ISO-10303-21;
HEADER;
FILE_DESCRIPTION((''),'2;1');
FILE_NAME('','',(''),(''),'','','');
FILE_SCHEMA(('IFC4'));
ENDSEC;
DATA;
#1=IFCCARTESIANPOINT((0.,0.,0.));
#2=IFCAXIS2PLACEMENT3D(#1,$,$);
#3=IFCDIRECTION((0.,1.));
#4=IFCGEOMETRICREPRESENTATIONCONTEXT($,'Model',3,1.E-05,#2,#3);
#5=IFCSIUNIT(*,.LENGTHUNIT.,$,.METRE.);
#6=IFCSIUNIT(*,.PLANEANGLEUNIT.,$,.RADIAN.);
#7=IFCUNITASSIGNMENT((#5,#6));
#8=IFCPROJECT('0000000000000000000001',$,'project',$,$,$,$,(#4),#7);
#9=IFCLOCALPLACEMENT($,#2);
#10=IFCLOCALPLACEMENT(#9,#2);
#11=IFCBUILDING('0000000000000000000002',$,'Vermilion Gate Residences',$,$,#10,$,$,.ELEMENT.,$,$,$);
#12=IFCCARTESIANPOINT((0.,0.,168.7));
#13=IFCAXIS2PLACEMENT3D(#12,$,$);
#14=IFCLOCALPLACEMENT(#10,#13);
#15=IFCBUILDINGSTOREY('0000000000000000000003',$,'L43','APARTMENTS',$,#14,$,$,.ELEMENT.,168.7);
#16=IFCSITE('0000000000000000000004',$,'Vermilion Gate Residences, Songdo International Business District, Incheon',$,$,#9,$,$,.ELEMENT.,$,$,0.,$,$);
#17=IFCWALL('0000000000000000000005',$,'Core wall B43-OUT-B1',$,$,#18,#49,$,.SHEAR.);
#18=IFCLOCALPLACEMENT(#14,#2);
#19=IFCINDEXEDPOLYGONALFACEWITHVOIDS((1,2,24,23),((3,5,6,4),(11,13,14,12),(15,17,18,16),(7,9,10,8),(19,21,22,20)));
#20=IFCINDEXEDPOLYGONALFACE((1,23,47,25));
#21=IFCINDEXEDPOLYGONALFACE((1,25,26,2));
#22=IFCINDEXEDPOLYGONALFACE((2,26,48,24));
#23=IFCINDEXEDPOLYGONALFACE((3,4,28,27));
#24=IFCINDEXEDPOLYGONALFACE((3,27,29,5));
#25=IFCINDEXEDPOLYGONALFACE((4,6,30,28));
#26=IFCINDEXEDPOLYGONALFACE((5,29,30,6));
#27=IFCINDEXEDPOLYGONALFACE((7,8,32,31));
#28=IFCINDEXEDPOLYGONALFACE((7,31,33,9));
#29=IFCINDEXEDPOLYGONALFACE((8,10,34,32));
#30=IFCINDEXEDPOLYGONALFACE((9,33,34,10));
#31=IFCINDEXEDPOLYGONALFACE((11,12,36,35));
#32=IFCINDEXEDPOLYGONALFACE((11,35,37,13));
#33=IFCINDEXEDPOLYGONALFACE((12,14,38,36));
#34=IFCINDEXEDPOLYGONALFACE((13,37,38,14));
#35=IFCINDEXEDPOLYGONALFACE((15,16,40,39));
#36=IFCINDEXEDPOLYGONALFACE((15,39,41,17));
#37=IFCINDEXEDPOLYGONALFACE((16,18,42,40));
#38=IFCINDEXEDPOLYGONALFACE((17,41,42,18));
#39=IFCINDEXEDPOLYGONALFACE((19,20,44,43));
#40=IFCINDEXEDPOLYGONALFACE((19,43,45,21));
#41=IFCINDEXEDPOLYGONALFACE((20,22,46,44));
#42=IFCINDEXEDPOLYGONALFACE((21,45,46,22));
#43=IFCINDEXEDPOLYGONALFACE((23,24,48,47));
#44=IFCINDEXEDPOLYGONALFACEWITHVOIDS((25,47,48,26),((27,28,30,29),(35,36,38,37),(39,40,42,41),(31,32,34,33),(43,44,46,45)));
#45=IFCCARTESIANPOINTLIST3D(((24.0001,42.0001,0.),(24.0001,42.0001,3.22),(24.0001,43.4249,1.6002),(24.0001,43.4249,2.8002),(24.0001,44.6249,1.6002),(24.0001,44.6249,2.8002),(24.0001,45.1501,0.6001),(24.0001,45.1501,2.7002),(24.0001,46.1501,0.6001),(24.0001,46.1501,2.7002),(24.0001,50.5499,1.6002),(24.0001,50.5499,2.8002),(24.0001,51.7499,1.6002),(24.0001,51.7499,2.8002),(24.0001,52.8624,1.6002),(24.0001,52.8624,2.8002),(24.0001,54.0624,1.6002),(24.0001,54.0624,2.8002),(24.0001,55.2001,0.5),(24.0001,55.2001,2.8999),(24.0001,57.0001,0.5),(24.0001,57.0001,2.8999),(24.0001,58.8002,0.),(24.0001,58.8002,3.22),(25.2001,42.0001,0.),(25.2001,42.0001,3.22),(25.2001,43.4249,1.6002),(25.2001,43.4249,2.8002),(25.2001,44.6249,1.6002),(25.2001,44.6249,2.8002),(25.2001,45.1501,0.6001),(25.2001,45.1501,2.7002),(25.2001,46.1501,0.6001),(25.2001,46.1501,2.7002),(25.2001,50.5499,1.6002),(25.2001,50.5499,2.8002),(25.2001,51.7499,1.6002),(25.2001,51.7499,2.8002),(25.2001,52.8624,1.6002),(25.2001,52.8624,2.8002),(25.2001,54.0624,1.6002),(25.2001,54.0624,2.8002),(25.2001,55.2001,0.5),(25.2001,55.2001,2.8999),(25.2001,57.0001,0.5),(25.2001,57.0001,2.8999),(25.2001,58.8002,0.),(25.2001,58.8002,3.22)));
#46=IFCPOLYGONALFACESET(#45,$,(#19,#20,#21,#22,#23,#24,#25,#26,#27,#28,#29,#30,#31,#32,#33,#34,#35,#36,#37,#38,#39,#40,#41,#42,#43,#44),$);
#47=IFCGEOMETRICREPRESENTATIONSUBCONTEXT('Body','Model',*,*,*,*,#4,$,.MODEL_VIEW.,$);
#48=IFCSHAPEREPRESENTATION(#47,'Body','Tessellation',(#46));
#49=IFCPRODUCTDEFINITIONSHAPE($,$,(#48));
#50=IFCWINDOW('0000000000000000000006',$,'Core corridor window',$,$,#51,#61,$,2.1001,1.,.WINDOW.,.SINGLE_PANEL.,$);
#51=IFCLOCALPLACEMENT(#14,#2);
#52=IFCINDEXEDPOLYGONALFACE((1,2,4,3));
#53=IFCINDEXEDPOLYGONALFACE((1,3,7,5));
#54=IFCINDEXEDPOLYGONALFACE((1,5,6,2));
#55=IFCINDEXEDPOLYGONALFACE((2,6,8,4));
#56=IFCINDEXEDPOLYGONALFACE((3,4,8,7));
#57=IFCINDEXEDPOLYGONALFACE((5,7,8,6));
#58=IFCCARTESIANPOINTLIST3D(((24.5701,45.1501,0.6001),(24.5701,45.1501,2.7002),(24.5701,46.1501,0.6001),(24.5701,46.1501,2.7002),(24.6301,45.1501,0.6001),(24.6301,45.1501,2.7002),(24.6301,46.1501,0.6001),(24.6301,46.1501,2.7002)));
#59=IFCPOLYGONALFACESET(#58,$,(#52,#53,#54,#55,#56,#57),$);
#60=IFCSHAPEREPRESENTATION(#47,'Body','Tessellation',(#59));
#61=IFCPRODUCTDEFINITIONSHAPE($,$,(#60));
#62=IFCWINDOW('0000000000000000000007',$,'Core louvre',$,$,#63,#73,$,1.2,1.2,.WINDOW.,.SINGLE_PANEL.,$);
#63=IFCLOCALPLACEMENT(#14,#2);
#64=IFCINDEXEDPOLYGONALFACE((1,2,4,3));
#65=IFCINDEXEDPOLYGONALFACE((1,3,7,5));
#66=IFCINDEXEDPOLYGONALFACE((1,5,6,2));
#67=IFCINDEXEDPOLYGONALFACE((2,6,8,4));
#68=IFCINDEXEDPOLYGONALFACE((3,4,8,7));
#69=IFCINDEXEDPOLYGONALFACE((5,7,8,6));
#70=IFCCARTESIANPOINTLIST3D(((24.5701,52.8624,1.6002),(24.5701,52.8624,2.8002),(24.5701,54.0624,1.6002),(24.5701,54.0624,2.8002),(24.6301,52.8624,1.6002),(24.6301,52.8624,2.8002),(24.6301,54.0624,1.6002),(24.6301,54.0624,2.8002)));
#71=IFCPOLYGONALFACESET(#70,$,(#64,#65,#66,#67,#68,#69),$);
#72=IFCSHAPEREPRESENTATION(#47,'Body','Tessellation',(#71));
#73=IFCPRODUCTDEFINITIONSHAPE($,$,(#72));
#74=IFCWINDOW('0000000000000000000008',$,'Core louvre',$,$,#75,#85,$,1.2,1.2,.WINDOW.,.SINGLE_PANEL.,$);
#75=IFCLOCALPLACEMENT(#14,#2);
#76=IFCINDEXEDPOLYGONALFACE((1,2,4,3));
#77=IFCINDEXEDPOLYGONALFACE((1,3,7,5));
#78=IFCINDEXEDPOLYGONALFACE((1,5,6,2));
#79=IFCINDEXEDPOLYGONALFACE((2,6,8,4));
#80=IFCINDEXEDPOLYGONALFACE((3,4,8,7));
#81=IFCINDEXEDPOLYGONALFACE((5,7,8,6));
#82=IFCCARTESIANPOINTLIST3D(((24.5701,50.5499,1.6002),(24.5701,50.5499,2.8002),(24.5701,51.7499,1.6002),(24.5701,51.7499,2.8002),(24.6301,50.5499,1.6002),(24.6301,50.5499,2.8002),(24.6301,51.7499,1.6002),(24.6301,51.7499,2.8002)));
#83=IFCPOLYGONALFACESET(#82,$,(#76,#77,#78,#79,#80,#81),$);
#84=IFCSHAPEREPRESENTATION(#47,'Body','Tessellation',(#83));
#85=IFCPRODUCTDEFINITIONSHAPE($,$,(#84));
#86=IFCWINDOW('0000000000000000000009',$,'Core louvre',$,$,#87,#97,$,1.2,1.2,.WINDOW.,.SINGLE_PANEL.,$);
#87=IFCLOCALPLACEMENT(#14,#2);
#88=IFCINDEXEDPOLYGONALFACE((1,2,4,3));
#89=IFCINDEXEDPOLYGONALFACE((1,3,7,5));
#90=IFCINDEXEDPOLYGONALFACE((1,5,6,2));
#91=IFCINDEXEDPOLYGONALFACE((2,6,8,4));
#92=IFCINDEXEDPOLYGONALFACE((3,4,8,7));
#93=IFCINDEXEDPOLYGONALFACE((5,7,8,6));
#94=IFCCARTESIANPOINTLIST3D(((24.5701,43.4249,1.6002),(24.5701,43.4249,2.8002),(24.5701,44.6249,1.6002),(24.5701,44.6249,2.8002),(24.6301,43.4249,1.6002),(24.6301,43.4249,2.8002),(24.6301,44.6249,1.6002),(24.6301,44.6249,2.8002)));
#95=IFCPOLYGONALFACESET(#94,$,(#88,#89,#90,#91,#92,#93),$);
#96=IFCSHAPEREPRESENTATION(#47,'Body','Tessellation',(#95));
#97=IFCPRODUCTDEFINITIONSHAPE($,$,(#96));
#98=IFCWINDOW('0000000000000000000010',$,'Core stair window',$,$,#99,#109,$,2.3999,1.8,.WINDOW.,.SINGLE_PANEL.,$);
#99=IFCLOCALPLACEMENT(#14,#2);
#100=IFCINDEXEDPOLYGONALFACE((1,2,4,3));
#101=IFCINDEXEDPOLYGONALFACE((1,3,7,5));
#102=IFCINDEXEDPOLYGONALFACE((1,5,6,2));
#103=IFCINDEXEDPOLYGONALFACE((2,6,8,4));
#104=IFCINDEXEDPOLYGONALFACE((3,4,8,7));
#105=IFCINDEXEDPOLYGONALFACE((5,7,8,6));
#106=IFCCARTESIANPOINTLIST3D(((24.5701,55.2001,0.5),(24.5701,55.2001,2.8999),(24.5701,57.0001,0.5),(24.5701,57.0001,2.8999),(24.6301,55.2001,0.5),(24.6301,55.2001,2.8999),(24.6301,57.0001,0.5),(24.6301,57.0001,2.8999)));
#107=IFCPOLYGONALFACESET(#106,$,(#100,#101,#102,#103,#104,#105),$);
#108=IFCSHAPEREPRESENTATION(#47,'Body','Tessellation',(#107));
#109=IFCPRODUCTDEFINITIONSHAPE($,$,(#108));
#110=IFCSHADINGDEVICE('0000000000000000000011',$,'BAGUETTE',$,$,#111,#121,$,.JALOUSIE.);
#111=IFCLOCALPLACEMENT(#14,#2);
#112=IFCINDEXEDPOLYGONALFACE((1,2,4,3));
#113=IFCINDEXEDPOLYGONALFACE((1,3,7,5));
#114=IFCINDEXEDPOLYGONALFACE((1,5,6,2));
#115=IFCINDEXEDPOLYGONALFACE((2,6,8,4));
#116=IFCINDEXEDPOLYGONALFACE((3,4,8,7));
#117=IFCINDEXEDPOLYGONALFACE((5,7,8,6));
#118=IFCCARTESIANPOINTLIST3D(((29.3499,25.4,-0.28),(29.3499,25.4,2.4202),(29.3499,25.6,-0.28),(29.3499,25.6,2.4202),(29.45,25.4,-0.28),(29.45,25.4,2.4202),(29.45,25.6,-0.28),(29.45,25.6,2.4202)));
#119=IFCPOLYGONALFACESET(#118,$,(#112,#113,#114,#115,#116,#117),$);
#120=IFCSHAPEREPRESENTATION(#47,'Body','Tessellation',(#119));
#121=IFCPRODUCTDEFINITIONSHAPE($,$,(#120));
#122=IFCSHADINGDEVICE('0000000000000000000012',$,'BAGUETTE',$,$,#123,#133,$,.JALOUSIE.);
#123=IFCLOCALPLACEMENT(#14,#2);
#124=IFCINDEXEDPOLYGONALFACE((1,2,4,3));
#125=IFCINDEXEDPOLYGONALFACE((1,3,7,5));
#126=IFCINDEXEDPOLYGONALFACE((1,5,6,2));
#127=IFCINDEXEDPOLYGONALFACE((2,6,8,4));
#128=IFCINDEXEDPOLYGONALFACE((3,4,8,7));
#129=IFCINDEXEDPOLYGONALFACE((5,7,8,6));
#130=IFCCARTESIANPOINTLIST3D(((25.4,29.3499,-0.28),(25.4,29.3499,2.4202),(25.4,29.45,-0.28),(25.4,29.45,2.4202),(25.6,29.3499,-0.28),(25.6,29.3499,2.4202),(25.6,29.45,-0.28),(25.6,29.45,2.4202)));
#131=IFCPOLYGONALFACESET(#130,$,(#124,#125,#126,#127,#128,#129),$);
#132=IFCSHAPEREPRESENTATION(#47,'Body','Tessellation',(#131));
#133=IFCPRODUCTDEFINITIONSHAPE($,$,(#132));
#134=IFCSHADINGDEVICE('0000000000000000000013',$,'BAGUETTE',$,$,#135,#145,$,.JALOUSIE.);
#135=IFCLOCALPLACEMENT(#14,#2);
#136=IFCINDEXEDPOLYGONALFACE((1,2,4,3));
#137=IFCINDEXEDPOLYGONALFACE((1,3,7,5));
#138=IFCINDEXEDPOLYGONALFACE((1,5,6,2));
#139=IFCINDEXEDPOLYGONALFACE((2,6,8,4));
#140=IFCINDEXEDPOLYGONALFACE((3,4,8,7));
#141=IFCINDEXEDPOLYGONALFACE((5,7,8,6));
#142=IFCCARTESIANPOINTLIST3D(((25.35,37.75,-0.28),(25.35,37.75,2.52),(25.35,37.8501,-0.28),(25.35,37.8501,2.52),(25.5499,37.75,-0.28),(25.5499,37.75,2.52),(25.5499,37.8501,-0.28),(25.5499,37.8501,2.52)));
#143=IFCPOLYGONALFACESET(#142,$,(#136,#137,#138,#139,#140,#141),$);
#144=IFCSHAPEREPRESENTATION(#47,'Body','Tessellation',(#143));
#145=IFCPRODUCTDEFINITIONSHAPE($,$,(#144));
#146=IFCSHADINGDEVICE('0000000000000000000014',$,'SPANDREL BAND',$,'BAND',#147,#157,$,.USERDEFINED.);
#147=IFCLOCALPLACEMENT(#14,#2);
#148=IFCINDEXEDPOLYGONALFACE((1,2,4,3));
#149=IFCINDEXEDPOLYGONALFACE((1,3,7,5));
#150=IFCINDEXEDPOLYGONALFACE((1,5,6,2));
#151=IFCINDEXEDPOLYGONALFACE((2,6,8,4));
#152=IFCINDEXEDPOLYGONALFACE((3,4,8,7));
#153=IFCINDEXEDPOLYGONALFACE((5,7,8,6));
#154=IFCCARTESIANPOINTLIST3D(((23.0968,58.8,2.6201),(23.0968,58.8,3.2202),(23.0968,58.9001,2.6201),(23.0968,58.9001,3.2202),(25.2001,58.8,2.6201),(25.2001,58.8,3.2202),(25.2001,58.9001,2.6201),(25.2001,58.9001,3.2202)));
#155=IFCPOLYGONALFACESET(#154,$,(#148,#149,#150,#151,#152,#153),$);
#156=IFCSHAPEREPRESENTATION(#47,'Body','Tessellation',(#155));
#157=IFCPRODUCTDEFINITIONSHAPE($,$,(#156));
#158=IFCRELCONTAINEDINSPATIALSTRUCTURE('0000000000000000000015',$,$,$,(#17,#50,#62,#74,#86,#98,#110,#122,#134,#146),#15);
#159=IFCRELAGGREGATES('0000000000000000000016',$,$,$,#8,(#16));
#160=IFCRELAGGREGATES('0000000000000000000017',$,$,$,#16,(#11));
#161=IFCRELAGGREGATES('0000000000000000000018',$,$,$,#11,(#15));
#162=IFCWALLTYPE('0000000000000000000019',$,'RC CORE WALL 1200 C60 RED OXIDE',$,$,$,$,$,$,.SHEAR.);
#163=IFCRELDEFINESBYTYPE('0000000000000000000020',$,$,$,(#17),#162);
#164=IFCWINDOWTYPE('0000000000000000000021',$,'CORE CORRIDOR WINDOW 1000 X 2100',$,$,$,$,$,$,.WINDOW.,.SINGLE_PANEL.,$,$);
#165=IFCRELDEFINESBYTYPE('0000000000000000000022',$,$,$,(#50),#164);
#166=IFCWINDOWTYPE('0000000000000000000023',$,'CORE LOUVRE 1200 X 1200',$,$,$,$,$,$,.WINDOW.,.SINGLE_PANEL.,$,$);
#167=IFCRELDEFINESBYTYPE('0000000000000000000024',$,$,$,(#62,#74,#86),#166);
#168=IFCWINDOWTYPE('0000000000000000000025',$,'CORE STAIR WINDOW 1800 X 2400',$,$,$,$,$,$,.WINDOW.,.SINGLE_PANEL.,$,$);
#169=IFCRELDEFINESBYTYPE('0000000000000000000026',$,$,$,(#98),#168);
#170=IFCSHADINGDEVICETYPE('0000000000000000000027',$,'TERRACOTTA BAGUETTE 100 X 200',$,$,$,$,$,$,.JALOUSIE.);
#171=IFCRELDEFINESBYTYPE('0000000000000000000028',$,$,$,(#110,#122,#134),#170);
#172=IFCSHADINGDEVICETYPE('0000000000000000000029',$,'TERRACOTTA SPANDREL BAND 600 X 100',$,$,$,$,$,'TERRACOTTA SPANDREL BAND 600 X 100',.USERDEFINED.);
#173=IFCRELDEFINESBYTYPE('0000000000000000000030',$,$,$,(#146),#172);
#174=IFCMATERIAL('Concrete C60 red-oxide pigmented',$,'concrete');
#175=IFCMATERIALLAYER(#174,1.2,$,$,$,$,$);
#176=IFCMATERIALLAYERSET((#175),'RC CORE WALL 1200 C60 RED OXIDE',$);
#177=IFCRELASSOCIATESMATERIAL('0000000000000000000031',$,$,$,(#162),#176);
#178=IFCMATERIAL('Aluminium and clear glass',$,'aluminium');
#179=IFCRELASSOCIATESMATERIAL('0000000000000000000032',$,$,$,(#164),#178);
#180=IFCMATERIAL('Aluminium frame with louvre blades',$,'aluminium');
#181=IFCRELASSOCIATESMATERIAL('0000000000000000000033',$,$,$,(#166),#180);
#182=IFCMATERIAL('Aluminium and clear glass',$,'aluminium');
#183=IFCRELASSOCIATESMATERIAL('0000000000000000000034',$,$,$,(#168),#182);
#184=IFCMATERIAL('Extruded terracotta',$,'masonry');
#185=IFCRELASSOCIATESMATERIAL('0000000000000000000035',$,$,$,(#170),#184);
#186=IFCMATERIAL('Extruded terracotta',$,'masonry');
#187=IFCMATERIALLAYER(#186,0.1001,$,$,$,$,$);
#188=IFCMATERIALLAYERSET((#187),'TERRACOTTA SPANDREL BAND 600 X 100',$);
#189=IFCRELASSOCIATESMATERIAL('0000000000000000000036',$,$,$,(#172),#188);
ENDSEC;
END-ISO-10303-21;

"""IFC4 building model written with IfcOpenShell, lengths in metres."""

from ifc_helpers import new_model, si_unit, direction, frame, frame_2d, origin, origin_2d, place, context, subcontext, project, spatial, rectangle, extrude, material, layer, layer_set, material_profile, profile_set, type_object, element, fill, save


model = new_model("IFC4")

# Units and contexts
model_context = context("Model", 3, precision=1e-05, world=origin(), true_north=direction((0.0, 1.0)))
body_context = subcontext(model_context, "Body", "Model", "MODEL_VIEW")
ifc_project = project(units=[si_unit("LENGTHUNIT", "METRE"), si_unit("PLANEANGLEUNIT", "RADIAN")], contexts=[model_context])

# Site, building, storey
site_placement = place(None, origin())
site = spatial("IfcSite", under=ifc_project, at=site_placement, Name="Vermilion Gate Residences, Songdo International Business District, Incheon", CompositionType="ELEMENT", RefElevation=0.0)
building_placement = place(site_placement, origin())
building = spatial("IfcBuilding", under=site, at=building_placement, Name="Vermilion Gate Residences", CompositionType="ELEMENT")
storey_placement = place(building_placement, frame((0.0, 0.0, 168.7)))
storey = spatial("IfcBuildingStorey", under=building, at=storey_placement, Name="L43", Description="APARTMENTS", CompositionType="ELEMENT", Elevation=168.7)

# Wall, openings, windows
ifc_material_1 = material(Name="Concrete C60 red-oxide pigmented", Category="concrete")
ifc_layer_1 = layer(ifc_material_1, 1.2)
ifc_layer_set_1 = layer_set([ifc_layer_1], Name="RC CORE WALL 1200 C60 RED OXIDE")
wall_type_1 = type_object("IfcWallType", Name="RC CORE WALL 1200 C60 RED OXIDE", PredefinedType="SHEAR", material=ifc_layer_set_1)
wall_1_placement = place(storey_placement, frame((24.6001, 58.8, 0.0), z_axis=(0.0, 0.0, 1.0), x_axis=(0.0, -1.0, 0.0)))
wall_1 = element("IfcWall", 1, at=wall_1_placement, inside=storey, type_object=wall_type_1, Name="Core wall B43-OUT-B1", PredefinedType="SHEAR", context=body_context, shape_type="SweptSolid", body=[
    extrude(rectangle(XDim=16.8, YDim=1.2, at=frame_2d((8.3999, 0.0))), origin(), (0.0, 0.0, 1.0), 3.22),
])
opening_1_placement = place(wall_1_placement, frame((1.8, 0.0, 0.5)))
opening_1 = element("IfcOpeningElement", 2, at=opening_1_placement, cuts=wall_1, PredefinedType="OPENING", context=body_context, shape_type="SweptSolid", body=[
    extrude(rectangle(XDim=1.8, YDim=2.3999, at=frame_2d((0.8999, 1.2))), frame((0.0, 0.6099, 0.0), z_axis=(0.0, -1.0, 0.0), x_axis=(1.0, 0.0, 0.0)), (0.0, 0.0, 1.0), 1.22),
])
opening_2_placement = place(wall_1_placement, frame((4.7375, 0.0, 1.6001)))
opening_2 = element("IfcOpeningElement", 3, at=opening_2_placement, cuts=wall_1, PredefinedType="OPENING", context=body_context, shape_type="SweptSolid", body=[
    extrude(rectangle(XDim=1.2, YDim=1.2, at=frame_2d((0.6001, 0.6001))), frame((0.0, 0.6099, 0.0), z_axis=(0.0, -1.0, 0.0), x_axis=(1.0, 0.0, 0.0)), (0.0, 0.0, 1.0), 1.22),
])
opening_3_placement = place(wall_1_placement, frame((7.05, 0.0, 1.6001)))
opening_3 = element("IfcOpeningElement", 4, at=opening_3_placement, cuts=wall_1, PredefinedType="OPENING", context=body_context, shape_type="SweptSolid", body=[
    extrude(rectangle(XDim=1.2, YDim=1.2, at=frame_2d((0.6001, 0.6001))), frame((0.0, 0.6099, 0.0), z_axis=(0.0, -1.0, 0.0), x_axis=(1.0, 0.0, 0.0)), (0.0, 0.0, 1.0), 1.22),
])
opening_4_placement = place(wall_1_placement, frame((12.6499, 0.0, 0.6001)))
opening_4 = element("IfcOpeningElement", 5, at=opening_4_placement, cuts=wall_1, PredefinedType="OPENING", context=body_context, shape_type="SweptSolid", body=[
    extrude(rectangle(XDim=1.0, YDim=2.1001, at=frame_2d((0.5, 1.05))), frame((0.0, 0.6099, 0.0), z_axis=(0.0, -1.0, 0.0), x_axis=(1.0, 0.0, 0.0)), (0.0, 0.0, 1.0), 1.22),
])
opening_5_placement = place(wall_1_placement, frame((14.175, 0.0, 1.6001)))
opening_5 = element("IfcOpeningElement", 6, at=opening_5_placement, cuts=wall_1, PredefinedType="OPENING", context=body_context, shape_type="SweptSolid", body=[
    extrude(rectangle(XDim=1.2, YDim=1.2, at=frame_2d((0.6001, 0.6001))), frame((0.0, 0.6099, 0.0), z_axis=(0.0, -1.0, 0.0), x_axis=(1.0, 0.0, 0.0)), (0.0, 0.0, 1.0), 1.22),
])
ifc_material_2 = material(Name="Aluminium and clear glass", Category="aluminium")
window_type_1 = type_object("IfcWindowType", Name="CORE CORRIDOR WINDOW 1000 X 2100", PartitioningType="SINGLE_PANEL", PredefinedType="WINDOW", material=ifc_material_2)
window_1_placement = place(opening_4_placement, origin())
window_1 = element("IfcWindow", 7, at=window_1_placement, inside=storey, type_object=window_type_1, Name="Core corridor window", OverallHeight=2.1001, OverallWidth=1.0, PartitioningType="SINGLE_PANEL", PredefinedType="WINDOW", context=body_context, shape_type="SweptSolid", body=[
    extrude(rectangle(XDim=1.0, YDim=2.1001, at=frame_2d((0.5, 1.05))), frame((0.0, 0.03, 0.0), z_axis=(0.0, -1.0, 0.0), x_axis=(1.0, 0.0, 0.0)), (0.0, 0.0, 1.0), 0.0601),
])
fill(opening_4, window_1)
ifc_material_3 = material(Name="Aluminium frame with louvre blades", Category="aluminium")
window_type_2 = type_object("IfcWindowType", Name="CORE LOUVRE 1200 X 1200", PartitioningType="SINGLE_PANEL", PredefinedType="WINDOW", material=ifc_material_3)
window_2_placement = place(opening_2_placement, origin())
window_2 = element("IfcWindow", 8, at=window_2_placement, inside=storey, type_object=window_type_2, Name="Core louvre", OverallHeight=1.2, OverallWidth=1.2, PartitioningType="SINGLE_PANEL", PredefinedType="WINDOW", context=body_context, shape_type="SweptSolid", body=[
    extrude(rectangle(XDim=1.2, YDim=1.2, at=frame_2d((0.6001, 0.6001))), frame((0.0, 0.03, 0.0), z_axis=(0.0, -1.0, 0.0), x_axis=(1.0, 0.0, 0.0)), (0.0, 0.0, 1.0), 0.0601),
])
fill(opening_2, window_2)
window_3_placement = place(opening_3_placement, origin())
window_3 = element("IfcWindow", 9, at=window_3_placement, inside=storey, type_object=window_type_2, Name="Core louvre", OverallHeight=1.2, OverallWidth=1.2, PartitioningType="SINGLE_PANEL", PredefinedType="WINDOW", context=body_context, shape_type="SweptSolid", body=[
    extrude(rectangle(XDim=1.2, YDim=1.2, at=frame_2d((0.6001, 0.6001))), frame((0.0, 0.03, 0.0), z_axis=(0.0, -1.0, 0.0), x_axis=(1.0, 0.0, 0.0)), (0.0, 0.0, 1.0), 0.0601),
])
fill(opening_3, window_3)
window_4_placement = place(opening_5_placement, origin())
window_4 = element("IfcWindow", 10, at=window_4_placement, inside=storey, type_object=window_type_2, Name="Core louvre", OverallHeight=1.2, OverallWidth=1.2, PartitioningType="SINGLE_PANEL", PredefinedType="WINDOW", context=body_context, shape_type="SweptSolid", body=[
    extrude(rectangle(XDim=1.2, YDim=1.2, at=frame_2d((0.6001, 0.6001))), frame((0.0, 0.03, 0.0), z_axis=(0.0, -1.0, 0.0), x_axis=(1.0, 0.0, 0.0)), (0.0, 0.0, 1.0), 0.0601),
])
fill(opening_5, window_4)
ifc_material_4 = material(Name="Aluminium and clear glass", Category="aluminium")
window_type_3 = type_object("IfcWindowType", Name="CORE STAIR WINDOW 1800 X 2400", PartitioningType="SINGLE_PANEL", PredefinedType="WINDOW", material=ifc_material_4)
window_5_placement = place(opening_1_placement, origin())
window_5 = element("IfcWindow", 11, at=window_5_placement, inside=storey, type_object=window_type_3, Name="Core stair window", OverallHeight=2.3999, OverallWidth=1.8, PartitioningType="SINGLE_PANEL", PredefinedType="WINDOW", context=body_context, shape_type="SweptSolid", body=[
    extrude(rectangle(XDim=1.8, YDim=2.3999, at=frame_2d((0.8999, 1.2))), frame((0.0, 0.03, 0.0), z_axis=(0.0, -1.0, 0.0), x_axis=(1.0, 0.0, 0.0)), (0.0, 0.0, 1.0), 0.0601),
])
fill(opening_1, window_5)

# Shading devices
ifc_material_5 = material(Name="Extruded terracotta", Category="masonry")
ifc_material_profile_1 = material_profile(ifc_material_5, rectangle(XDim=0.2, YDim=0.1001, at=origin_2d()), Name="BAGUETTE 100 X 200")
ifc_profile_set_1 = profile_set([ifc_material_profile_1], Name="Extruded terracotta")
shading_device_type_1 = type_object("IfcShadingDeviceType", Name="TERRACOTTA BAGUETTE 100 X 200", PredefinedType="JALOUSIE", material=ifc_profile_set_1)
for number, where, z_axis, x_axis, name in (
    (12, (29.3999, 25.5, -0.28), (0.0, 0.0, 1.0), (0.0, -1.0, 0.0), "BAGUETTE"),
    (13, (25.5, 29.3999, -0.28), (0.0, 0.0, 1.0), (-1.0, 0.0, 0.0), "BAGUETTE"),
):
    element("IfcShadingDevice", number, at=place(storey_placement, frame(where, z_axis=z_axis, x_axis=x_axis)), inside=storey, type_object=shading_device_type_1, Name=name, PredefinedType="JALOUSIE", context=body_context, shape_type="SweptSolid", body=[
        extrude(rectangle(XDim=0.2, YDim=0.1001, at=origin_2d()), origin(), (0.0, 0.0, 1.0), 2.7002),
    ])
shading_device_1_placement = place(storey_placement, frame((25.45, 37.8, -0.28), z_axis=(0.0, 0.0, 1.0), x_axis=(-1.0, 0.0, 0.0)))
element("IfcShadingDevice", 14, at=shading_device_1_placement, inside=storey, type_object=shading_device_type_1, Name="BAGUETTE", PredefinedType="JALOUSIE", context=body_context, shape_type="SweptSolid", body=[
    extrude(rectangle(XDim=0.2, YDim=0.1001, at=origin_2d()), origin(), (0.0, 0.0, 1.0), 2.8),
])
ifc_material_6 = material(Name="Extruded terracotta", Category="masonry")
ifc_layer_2 = layer(ifc_material_6, 0.1001)
ifc_layer_set_2 = layer_set([ifc_layer_2], Name="TERRACOTTA SPANDREL BAND 600 X 100")
shading_device_type_2 = type_object("IfcShadingDeviceType", Name="TERRACOTTA SPANDREL BAND 600 X 100", ElementType="TERRACOTTA SPANDREL BAND 600 X 100", PredefinedType="USERDEFINED", material=ifc_layer_set_2)
shading_device_2_placement = place(storey_placement, frame((24.1484, 58.8501, 2.6201), z_axis=(0.0, 0.0, 1.0), x_axis=(1.0, 0.0, 0.0)))
element("IfcShadingDevice", 15, at=shading_device_2_placement, inside=storey, type_object=shading_device_type_2, Name="SPANDREL BAND", ObjectType="BAND", PredefinedType="USERDEFINED", context=body_context, shape_type="SweptSolid", body=[
    extrude(rectangle(XDim=2.1033, YDim=0.1001, at=origin_2d()), origin(), (0.0, 0.0, 1.0), 0.6001),
])

save(model, "model.ifc")
